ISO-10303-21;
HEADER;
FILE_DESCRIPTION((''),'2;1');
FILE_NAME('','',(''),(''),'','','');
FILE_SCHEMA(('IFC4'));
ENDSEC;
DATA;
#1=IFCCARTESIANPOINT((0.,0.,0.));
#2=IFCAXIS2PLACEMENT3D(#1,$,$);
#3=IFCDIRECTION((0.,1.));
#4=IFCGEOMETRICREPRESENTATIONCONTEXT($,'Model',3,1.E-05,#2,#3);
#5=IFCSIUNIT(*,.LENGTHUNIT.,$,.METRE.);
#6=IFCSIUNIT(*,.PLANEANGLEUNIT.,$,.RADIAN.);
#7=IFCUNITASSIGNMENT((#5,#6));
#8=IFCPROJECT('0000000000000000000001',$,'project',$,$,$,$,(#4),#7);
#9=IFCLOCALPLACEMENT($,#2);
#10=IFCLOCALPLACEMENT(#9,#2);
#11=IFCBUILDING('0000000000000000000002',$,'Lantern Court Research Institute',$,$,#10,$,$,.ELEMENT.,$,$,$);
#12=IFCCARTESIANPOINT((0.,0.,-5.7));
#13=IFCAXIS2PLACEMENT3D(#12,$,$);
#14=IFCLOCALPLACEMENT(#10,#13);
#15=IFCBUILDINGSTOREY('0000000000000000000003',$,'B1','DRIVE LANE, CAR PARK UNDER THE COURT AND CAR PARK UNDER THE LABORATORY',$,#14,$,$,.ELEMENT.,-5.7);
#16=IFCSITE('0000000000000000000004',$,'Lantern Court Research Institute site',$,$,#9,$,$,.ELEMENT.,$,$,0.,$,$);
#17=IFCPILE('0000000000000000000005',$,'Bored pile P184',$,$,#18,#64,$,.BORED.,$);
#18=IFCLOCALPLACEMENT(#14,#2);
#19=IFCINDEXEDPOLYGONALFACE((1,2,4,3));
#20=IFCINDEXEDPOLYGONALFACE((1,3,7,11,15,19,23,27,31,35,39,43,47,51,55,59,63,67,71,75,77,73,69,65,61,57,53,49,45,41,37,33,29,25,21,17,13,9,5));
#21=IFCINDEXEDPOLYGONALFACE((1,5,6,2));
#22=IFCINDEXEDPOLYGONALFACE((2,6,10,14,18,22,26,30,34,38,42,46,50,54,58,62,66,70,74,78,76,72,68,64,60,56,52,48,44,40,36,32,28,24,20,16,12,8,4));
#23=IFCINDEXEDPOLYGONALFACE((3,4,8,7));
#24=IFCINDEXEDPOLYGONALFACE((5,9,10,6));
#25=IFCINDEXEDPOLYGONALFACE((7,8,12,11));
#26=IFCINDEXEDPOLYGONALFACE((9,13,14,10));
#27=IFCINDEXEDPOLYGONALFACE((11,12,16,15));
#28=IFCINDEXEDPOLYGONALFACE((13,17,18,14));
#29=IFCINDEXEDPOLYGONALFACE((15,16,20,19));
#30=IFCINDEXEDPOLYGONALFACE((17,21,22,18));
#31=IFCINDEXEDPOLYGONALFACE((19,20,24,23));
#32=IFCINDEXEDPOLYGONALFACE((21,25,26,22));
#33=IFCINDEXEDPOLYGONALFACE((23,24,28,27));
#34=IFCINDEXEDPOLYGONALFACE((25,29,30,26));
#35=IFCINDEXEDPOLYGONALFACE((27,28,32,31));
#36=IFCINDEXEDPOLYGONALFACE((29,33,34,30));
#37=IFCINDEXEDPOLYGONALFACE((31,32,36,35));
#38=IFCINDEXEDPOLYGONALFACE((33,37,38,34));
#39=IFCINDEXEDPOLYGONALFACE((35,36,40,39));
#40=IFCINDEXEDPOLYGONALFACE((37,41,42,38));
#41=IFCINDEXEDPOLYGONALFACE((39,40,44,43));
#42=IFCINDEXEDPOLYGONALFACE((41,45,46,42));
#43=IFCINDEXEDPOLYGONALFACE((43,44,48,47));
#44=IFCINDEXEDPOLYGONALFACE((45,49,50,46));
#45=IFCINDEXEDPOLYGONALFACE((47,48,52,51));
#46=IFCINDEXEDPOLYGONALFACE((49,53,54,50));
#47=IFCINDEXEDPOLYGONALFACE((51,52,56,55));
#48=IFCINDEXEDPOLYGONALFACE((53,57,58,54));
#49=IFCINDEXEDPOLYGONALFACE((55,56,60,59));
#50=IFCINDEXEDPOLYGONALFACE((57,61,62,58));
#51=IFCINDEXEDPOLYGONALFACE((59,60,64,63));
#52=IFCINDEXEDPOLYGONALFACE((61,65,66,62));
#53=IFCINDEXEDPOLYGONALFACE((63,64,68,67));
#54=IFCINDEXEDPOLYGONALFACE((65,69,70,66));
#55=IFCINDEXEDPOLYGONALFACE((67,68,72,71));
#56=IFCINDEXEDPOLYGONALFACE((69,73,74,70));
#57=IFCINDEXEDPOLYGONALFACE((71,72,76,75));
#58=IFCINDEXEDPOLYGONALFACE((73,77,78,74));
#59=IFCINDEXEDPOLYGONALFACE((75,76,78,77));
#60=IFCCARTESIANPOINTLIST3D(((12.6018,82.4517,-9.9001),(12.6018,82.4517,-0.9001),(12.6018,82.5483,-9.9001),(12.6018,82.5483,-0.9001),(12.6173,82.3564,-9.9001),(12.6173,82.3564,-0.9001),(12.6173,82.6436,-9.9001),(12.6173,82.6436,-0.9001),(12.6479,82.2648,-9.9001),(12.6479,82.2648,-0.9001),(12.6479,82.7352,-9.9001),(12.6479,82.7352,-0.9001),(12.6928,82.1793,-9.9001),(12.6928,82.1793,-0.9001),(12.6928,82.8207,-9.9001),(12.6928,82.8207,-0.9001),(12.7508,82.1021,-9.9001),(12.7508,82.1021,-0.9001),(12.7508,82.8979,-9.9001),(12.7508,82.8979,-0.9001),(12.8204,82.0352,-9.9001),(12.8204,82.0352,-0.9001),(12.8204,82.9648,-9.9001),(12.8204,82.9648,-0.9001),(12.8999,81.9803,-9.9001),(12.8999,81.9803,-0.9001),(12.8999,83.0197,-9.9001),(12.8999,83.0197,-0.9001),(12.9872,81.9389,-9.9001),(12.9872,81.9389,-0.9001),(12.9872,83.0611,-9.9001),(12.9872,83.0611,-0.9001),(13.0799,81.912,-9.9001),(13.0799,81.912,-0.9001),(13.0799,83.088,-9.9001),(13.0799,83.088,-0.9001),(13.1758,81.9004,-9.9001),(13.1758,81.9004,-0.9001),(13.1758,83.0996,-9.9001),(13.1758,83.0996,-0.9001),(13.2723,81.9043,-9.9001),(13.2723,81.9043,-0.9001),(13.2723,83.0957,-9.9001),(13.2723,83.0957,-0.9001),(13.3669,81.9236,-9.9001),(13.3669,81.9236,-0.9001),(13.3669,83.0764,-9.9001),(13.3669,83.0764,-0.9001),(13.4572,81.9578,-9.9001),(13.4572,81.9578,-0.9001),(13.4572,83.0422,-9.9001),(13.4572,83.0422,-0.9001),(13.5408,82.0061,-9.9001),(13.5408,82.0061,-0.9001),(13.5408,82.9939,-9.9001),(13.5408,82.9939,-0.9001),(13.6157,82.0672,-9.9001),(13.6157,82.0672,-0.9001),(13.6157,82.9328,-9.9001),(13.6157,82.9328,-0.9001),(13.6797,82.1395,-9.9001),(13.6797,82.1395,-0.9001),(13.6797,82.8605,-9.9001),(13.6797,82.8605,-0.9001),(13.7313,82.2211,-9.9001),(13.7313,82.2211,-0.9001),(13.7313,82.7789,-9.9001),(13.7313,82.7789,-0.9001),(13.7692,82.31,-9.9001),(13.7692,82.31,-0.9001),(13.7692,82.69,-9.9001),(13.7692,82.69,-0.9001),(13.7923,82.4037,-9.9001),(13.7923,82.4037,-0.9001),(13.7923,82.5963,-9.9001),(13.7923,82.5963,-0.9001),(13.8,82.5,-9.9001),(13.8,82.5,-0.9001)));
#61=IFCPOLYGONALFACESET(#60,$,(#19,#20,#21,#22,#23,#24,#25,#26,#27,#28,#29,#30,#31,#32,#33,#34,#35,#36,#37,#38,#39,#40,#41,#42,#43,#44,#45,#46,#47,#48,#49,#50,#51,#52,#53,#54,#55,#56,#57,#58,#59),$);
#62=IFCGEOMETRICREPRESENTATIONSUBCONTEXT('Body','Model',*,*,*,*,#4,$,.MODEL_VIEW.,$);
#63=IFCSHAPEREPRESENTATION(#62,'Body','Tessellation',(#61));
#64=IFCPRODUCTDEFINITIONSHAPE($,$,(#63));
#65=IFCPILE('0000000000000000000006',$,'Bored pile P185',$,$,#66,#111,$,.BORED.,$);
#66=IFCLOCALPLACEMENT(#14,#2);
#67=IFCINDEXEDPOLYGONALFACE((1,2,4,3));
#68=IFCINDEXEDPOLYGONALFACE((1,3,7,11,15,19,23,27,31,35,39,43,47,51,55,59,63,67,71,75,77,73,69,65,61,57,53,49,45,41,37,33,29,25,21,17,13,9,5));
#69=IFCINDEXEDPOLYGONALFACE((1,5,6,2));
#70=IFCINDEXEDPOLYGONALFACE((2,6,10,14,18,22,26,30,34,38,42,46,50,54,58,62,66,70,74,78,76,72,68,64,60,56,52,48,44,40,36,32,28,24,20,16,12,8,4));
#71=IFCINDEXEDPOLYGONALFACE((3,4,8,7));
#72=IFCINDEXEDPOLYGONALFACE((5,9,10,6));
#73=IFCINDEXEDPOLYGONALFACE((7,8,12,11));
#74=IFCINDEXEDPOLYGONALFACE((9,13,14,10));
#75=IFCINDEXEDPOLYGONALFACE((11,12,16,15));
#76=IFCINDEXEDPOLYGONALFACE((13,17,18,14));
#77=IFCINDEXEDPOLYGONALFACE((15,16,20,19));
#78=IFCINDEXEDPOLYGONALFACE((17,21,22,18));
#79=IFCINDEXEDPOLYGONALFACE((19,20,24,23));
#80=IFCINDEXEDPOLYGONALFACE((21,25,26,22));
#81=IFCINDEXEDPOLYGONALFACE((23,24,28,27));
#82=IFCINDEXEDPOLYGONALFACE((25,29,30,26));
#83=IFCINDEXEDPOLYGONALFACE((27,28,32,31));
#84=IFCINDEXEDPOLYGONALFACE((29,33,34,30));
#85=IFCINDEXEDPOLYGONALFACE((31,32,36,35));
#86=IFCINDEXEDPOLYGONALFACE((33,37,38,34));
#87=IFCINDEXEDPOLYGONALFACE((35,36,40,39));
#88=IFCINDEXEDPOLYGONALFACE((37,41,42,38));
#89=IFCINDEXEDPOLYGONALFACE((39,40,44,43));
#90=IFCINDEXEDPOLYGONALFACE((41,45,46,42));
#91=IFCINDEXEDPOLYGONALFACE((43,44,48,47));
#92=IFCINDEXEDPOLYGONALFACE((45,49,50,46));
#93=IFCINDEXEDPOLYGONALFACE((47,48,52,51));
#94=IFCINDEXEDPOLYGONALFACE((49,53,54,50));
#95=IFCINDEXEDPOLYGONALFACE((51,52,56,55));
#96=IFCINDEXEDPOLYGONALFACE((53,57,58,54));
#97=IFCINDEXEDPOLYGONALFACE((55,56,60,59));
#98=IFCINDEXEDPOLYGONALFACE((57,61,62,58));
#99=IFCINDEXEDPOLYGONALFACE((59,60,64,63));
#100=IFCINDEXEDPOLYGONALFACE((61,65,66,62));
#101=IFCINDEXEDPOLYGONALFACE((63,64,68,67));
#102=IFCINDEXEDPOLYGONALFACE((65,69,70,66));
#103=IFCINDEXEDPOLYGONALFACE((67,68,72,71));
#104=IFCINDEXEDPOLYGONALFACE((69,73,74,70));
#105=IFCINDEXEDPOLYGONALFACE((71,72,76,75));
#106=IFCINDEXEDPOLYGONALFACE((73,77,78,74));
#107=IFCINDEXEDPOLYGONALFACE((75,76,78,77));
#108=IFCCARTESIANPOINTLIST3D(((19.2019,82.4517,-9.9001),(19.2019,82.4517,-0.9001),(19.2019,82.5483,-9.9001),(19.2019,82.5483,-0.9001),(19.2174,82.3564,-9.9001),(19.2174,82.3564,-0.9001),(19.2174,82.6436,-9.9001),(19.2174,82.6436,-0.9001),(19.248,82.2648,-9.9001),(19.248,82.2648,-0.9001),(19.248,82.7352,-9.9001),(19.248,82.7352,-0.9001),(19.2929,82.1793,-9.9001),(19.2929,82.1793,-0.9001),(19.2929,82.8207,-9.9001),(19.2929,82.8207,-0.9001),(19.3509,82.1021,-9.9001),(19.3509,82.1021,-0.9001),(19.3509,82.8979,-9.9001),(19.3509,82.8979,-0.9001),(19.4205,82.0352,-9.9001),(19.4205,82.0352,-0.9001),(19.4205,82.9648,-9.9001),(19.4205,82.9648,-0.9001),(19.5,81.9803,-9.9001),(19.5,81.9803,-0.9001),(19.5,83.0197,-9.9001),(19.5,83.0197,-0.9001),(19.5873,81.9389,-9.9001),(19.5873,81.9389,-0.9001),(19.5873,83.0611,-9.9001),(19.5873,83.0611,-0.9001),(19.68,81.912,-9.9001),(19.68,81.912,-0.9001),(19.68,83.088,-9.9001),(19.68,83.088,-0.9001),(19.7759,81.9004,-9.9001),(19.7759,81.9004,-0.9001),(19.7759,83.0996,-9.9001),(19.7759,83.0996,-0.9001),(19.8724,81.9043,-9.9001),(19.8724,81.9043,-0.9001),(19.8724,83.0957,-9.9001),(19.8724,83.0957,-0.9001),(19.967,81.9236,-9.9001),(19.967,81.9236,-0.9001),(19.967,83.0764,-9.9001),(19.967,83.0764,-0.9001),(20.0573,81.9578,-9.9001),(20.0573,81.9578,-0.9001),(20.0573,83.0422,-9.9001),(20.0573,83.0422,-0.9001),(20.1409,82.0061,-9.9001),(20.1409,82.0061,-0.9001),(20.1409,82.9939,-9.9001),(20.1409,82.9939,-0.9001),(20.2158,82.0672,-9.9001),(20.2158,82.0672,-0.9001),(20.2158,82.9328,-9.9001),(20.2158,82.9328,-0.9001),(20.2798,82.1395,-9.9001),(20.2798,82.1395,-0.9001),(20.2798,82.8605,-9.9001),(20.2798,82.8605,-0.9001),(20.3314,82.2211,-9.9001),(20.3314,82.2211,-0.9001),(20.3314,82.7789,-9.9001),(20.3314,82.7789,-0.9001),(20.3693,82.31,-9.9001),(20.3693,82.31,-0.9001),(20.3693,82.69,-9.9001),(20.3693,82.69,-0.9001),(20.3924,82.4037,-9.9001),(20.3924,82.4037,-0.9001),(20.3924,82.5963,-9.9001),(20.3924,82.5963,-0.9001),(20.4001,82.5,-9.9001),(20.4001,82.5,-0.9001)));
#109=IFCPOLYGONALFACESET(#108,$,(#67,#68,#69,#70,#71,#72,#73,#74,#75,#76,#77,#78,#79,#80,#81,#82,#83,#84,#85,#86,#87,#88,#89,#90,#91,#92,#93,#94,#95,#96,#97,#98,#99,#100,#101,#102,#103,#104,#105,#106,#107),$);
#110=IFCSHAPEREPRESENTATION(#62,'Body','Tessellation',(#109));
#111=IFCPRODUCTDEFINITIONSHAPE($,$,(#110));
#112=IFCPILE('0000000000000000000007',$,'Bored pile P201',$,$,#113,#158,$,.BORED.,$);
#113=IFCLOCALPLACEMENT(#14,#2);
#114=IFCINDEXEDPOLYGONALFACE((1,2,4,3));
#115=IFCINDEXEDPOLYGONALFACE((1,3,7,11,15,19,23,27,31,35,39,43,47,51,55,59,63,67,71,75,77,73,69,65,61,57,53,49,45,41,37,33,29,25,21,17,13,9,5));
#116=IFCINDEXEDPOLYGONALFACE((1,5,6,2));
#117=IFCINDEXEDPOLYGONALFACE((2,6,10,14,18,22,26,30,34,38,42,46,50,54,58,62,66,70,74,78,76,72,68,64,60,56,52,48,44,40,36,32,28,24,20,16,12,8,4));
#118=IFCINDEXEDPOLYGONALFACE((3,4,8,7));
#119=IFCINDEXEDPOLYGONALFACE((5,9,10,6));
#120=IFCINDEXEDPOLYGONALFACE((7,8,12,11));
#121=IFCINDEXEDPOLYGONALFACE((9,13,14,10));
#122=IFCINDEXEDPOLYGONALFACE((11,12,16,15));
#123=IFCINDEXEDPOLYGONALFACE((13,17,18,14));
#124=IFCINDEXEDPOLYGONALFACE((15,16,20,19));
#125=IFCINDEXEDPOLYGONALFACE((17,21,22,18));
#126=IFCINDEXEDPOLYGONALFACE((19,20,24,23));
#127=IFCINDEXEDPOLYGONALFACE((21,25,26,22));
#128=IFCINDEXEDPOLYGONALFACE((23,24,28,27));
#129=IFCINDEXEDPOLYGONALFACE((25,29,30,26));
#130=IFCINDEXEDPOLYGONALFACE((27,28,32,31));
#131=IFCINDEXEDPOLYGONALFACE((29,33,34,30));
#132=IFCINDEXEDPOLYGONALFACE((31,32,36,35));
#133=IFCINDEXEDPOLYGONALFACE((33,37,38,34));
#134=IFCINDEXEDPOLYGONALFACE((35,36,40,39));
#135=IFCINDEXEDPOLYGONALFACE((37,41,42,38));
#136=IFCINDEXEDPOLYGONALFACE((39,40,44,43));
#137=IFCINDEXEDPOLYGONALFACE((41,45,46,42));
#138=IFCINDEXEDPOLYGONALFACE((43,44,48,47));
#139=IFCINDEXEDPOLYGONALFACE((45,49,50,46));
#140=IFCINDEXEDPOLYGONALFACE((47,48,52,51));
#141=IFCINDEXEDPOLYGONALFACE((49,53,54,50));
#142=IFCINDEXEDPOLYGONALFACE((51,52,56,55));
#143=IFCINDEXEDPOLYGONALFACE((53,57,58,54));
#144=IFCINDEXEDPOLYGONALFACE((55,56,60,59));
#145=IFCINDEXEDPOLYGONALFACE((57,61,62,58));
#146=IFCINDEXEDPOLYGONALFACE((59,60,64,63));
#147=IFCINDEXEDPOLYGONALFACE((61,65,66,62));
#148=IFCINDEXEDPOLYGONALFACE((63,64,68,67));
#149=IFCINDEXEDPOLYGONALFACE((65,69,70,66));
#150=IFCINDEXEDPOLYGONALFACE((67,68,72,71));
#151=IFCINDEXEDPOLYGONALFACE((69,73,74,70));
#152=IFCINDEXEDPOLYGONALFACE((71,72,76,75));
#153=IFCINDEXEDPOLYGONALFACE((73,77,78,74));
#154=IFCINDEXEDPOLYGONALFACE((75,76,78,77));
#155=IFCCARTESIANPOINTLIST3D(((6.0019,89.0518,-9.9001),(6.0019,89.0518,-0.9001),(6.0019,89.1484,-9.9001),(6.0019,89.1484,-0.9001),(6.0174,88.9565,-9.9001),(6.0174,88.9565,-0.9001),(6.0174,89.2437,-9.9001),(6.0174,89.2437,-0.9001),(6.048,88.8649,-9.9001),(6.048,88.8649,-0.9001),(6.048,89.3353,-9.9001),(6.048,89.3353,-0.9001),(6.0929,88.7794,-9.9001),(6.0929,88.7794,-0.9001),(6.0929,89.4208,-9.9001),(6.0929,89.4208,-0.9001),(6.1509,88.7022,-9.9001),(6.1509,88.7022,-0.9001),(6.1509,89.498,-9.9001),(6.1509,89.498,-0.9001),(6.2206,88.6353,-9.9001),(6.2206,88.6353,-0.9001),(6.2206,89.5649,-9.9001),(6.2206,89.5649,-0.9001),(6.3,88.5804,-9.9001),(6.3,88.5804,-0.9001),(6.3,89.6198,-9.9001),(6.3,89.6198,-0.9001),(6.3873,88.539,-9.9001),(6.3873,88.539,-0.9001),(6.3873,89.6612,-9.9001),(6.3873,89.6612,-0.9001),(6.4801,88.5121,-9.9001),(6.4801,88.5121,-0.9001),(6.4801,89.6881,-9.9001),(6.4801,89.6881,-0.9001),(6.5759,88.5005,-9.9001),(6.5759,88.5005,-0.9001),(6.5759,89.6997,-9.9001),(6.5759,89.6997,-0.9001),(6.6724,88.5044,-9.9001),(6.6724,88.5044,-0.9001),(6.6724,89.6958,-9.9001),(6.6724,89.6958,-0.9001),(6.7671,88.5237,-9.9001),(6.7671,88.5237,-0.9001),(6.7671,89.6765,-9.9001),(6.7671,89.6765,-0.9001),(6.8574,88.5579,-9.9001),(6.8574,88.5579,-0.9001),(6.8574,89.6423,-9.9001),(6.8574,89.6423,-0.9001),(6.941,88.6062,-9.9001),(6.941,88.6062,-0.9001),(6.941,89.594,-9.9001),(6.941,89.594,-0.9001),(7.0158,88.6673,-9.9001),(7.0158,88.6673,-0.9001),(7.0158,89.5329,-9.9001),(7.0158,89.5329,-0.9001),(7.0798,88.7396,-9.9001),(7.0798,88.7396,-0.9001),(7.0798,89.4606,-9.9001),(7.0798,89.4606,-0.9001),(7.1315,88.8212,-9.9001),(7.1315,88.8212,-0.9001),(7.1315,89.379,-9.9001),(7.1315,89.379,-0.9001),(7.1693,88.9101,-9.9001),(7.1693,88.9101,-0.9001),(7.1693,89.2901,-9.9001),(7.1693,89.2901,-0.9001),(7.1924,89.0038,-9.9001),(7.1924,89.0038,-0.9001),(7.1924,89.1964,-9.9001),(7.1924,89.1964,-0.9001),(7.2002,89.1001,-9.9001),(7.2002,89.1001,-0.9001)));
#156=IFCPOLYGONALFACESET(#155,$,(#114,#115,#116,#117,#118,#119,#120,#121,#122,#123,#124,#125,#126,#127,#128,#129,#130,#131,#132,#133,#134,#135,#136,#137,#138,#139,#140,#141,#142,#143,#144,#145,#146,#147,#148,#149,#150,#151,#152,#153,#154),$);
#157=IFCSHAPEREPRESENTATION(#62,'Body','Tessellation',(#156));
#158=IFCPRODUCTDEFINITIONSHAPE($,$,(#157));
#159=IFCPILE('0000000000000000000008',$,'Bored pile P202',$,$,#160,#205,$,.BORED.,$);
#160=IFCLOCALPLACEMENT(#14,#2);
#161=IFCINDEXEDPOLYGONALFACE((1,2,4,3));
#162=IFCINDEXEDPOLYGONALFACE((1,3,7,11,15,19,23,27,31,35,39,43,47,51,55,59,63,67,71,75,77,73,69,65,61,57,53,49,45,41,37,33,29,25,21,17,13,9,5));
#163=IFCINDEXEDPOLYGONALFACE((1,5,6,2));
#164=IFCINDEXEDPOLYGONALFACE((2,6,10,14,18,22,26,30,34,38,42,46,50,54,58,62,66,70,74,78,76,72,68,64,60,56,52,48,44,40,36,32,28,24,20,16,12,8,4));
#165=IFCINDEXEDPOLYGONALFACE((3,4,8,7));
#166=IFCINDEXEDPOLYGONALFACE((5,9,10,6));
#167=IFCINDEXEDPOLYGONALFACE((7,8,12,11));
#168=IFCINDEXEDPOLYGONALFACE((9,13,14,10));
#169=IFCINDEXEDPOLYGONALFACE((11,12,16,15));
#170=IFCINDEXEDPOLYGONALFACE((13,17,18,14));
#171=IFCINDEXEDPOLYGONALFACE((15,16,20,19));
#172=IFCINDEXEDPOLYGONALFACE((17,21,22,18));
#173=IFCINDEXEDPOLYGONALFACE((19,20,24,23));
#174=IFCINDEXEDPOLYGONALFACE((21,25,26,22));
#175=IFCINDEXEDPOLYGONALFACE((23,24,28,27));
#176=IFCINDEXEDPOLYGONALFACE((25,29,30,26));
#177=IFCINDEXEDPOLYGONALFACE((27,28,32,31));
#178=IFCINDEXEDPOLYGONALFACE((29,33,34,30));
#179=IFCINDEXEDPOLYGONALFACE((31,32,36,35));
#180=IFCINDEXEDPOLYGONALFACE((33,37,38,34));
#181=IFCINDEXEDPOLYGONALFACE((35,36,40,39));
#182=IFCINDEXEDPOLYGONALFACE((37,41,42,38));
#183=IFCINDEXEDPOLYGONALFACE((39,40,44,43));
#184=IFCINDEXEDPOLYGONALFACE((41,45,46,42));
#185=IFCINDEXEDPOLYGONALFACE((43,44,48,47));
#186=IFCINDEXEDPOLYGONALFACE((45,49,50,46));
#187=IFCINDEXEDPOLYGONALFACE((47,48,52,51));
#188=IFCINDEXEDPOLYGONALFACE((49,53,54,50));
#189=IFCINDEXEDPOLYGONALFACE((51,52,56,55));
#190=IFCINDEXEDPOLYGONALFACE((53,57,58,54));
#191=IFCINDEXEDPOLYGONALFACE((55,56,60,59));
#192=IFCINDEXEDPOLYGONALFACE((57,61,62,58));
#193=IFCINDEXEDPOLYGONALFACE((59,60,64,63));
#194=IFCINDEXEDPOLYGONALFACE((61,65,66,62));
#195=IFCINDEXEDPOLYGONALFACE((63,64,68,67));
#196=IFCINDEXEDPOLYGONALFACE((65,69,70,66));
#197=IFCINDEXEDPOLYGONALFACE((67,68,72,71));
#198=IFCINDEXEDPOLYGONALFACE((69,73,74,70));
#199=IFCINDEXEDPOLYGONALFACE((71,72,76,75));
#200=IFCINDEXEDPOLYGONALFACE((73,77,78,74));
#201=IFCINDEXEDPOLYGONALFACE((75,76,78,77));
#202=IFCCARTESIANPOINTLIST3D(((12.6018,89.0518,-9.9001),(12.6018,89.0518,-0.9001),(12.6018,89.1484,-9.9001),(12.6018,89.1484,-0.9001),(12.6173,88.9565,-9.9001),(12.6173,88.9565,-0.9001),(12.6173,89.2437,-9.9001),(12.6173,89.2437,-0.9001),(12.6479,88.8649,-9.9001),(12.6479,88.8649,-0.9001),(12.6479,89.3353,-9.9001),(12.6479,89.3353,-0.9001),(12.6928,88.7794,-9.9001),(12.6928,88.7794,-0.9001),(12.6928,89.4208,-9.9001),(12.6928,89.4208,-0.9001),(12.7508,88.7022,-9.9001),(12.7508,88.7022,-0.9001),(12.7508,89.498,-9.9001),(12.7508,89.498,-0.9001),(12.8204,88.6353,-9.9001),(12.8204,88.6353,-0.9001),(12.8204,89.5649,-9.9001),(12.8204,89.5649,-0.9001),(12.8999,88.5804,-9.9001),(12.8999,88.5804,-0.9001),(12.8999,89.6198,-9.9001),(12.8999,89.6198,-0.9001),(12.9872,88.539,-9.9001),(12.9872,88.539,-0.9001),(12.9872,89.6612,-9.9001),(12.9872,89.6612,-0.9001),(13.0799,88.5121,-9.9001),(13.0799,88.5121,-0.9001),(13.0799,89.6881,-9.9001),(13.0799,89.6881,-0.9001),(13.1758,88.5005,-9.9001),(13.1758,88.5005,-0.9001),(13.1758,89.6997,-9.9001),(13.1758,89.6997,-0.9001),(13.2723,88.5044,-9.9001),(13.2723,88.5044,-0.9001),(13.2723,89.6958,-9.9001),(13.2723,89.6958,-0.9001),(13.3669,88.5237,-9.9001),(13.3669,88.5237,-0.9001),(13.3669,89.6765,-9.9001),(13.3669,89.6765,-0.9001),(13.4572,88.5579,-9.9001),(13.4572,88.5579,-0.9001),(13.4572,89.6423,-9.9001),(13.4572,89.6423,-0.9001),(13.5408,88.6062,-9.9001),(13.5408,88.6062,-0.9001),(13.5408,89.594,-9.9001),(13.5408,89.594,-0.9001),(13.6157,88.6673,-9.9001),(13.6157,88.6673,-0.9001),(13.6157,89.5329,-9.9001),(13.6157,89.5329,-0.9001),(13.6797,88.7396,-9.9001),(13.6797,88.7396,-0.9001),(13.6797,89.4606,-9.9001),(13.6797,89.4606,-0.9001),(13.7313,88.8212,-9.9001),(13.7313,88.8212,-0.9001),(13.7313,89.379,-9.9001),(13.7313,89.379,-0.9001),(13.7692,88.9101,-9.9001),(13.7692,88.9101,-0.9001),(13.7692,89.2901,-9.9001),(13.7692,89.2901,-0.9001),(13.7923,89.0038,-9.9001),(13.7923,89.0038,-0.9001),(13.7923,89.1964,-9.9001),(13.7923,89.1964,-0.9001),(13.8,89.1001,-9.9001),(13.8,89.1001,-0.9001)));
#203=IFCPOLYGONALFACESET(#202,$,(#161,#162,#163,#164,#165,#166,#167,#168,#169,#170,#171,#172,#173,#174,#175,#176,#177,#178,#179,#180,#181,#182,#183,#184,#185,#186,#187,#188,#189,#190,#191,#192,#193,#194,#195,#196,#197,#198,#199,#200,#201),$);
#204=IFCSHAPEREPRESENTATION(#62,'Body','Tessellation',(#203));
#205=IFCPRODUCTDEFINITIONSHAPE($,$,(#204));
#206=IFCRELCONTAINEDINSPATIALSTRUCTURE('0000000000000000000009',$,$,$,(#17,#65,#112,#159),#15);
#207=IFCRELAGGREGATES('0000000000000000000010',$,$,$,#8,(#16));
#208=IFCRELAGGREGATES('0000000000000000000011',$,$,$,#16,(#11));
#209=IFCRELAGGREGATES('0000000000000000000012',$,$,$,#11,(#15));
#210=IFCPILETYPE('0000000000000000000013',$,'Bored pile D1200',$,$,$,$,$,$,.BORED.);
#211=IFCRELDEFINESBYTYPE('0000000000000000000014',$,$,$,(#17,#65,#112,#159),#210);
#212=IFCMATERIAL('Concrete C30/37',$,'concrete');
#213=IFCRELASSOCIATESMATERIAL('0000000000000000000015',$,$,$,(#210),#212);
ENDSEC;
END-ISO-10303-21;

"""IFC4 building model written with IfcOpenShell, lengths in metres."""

from ifc_helpers import new_model, si_unit, direction, frame, origin, origin_2d, place, context, subcontext, project, spatial, circle, extrude, material, material_profile, profile_set, type_object, element, save


model = new_model("IFC4")

# Units and contexts
model_context = context("Model", 3, precision=1e-05, world=origin(), true_north=direction((0.0, 1.0)))
body_context = subcontext(model_context, "Body", "Model", "MODEL_VIEW")
ifc_project = project(units=[si_unit("LENGTHUNIT", "METRE"), si_unit("PLANEANGLEUNIT", "RADIAN")], contexts=[model_context])

# Site, building, storey
site_placement = place(None, origin())
site = spatial("IfcSite", under=ifc_project, at=site_placement, Name="Lantern Court Research Institute site", CompositionType="ELEMENT", RefElevation=0.0)
building_placement = place(site_placement, origin())
building = spatial("IfcBuilding", under=site, at=building_placement, Name="Lantern Court Research Institute", CompositionType="ELEMENT")
storey_placement = place(building_placement, frame((0.0, 0.0, -5.7)))
storey = spatial("IfcBuildingStorey", under=building, at=storey_placement, Name="B1", Description="DRIVE LANE, CAR PARK UNDER THE COURT AND CAR PARK UNDER THE LABORATORY", CompositionType="ELEMENT", Elevation=-5.7)

# Piles
ifc_material_1 = material(Name="Concrete C30/37", Category="concrete")
ifc_material_profile_1 = material_profile(ifc_material_1, circle(Radius=0.6001, at=origin_2d()), Name="Bored pile D1200")
ifc_profile_set_1 = profile_set([ifc_material_profile_1], Name="Concrete C30/37")
pile_type_1 = type_object("IfcPileType", Name="Bored pile D1200", PredefinedType="BORED", material=ifc_profile_set_1)
for number, where, z_axis, x_axis, name in (
    (1, (13.2, 82.5, -0.9001), (0.0, 0.0, -1.0), (1.0, 0.0, 0.0), "Bored pile P184"),
    (2, (19.8, 82.5, -0.9001), (0.0, 0.0, -1.0), (1.0, 0.0, 0.0), "Bored pile P185"),
    (3, (6.6001, 89.1001, -0.9001), (0.0, 0.0, -1.0), (1.0, 0.0, 0.0), "Bored pile P201"),
    (4, (13.2, 89.1001, -0.9001), (0.0, 0.0, -1.0), (1.0, 0.0, 0.0), "Bored pile P202"),
):
    element("IfcPile", number, at=place(storey_placement, frame(where, z_axis=z_axis, x_axis=x_axis)), inside=storey, type_object=pile_type_1, Name=name, PredefinedType="BORED", context=body_context, shape_type="SweptSolid", body=[
        extrude(circle(Radius=0.6001, at=origin_2d()), origin(), (0.0, 0.0, 1.0), 9.0),
    ])

save(model, "model.ifc")
